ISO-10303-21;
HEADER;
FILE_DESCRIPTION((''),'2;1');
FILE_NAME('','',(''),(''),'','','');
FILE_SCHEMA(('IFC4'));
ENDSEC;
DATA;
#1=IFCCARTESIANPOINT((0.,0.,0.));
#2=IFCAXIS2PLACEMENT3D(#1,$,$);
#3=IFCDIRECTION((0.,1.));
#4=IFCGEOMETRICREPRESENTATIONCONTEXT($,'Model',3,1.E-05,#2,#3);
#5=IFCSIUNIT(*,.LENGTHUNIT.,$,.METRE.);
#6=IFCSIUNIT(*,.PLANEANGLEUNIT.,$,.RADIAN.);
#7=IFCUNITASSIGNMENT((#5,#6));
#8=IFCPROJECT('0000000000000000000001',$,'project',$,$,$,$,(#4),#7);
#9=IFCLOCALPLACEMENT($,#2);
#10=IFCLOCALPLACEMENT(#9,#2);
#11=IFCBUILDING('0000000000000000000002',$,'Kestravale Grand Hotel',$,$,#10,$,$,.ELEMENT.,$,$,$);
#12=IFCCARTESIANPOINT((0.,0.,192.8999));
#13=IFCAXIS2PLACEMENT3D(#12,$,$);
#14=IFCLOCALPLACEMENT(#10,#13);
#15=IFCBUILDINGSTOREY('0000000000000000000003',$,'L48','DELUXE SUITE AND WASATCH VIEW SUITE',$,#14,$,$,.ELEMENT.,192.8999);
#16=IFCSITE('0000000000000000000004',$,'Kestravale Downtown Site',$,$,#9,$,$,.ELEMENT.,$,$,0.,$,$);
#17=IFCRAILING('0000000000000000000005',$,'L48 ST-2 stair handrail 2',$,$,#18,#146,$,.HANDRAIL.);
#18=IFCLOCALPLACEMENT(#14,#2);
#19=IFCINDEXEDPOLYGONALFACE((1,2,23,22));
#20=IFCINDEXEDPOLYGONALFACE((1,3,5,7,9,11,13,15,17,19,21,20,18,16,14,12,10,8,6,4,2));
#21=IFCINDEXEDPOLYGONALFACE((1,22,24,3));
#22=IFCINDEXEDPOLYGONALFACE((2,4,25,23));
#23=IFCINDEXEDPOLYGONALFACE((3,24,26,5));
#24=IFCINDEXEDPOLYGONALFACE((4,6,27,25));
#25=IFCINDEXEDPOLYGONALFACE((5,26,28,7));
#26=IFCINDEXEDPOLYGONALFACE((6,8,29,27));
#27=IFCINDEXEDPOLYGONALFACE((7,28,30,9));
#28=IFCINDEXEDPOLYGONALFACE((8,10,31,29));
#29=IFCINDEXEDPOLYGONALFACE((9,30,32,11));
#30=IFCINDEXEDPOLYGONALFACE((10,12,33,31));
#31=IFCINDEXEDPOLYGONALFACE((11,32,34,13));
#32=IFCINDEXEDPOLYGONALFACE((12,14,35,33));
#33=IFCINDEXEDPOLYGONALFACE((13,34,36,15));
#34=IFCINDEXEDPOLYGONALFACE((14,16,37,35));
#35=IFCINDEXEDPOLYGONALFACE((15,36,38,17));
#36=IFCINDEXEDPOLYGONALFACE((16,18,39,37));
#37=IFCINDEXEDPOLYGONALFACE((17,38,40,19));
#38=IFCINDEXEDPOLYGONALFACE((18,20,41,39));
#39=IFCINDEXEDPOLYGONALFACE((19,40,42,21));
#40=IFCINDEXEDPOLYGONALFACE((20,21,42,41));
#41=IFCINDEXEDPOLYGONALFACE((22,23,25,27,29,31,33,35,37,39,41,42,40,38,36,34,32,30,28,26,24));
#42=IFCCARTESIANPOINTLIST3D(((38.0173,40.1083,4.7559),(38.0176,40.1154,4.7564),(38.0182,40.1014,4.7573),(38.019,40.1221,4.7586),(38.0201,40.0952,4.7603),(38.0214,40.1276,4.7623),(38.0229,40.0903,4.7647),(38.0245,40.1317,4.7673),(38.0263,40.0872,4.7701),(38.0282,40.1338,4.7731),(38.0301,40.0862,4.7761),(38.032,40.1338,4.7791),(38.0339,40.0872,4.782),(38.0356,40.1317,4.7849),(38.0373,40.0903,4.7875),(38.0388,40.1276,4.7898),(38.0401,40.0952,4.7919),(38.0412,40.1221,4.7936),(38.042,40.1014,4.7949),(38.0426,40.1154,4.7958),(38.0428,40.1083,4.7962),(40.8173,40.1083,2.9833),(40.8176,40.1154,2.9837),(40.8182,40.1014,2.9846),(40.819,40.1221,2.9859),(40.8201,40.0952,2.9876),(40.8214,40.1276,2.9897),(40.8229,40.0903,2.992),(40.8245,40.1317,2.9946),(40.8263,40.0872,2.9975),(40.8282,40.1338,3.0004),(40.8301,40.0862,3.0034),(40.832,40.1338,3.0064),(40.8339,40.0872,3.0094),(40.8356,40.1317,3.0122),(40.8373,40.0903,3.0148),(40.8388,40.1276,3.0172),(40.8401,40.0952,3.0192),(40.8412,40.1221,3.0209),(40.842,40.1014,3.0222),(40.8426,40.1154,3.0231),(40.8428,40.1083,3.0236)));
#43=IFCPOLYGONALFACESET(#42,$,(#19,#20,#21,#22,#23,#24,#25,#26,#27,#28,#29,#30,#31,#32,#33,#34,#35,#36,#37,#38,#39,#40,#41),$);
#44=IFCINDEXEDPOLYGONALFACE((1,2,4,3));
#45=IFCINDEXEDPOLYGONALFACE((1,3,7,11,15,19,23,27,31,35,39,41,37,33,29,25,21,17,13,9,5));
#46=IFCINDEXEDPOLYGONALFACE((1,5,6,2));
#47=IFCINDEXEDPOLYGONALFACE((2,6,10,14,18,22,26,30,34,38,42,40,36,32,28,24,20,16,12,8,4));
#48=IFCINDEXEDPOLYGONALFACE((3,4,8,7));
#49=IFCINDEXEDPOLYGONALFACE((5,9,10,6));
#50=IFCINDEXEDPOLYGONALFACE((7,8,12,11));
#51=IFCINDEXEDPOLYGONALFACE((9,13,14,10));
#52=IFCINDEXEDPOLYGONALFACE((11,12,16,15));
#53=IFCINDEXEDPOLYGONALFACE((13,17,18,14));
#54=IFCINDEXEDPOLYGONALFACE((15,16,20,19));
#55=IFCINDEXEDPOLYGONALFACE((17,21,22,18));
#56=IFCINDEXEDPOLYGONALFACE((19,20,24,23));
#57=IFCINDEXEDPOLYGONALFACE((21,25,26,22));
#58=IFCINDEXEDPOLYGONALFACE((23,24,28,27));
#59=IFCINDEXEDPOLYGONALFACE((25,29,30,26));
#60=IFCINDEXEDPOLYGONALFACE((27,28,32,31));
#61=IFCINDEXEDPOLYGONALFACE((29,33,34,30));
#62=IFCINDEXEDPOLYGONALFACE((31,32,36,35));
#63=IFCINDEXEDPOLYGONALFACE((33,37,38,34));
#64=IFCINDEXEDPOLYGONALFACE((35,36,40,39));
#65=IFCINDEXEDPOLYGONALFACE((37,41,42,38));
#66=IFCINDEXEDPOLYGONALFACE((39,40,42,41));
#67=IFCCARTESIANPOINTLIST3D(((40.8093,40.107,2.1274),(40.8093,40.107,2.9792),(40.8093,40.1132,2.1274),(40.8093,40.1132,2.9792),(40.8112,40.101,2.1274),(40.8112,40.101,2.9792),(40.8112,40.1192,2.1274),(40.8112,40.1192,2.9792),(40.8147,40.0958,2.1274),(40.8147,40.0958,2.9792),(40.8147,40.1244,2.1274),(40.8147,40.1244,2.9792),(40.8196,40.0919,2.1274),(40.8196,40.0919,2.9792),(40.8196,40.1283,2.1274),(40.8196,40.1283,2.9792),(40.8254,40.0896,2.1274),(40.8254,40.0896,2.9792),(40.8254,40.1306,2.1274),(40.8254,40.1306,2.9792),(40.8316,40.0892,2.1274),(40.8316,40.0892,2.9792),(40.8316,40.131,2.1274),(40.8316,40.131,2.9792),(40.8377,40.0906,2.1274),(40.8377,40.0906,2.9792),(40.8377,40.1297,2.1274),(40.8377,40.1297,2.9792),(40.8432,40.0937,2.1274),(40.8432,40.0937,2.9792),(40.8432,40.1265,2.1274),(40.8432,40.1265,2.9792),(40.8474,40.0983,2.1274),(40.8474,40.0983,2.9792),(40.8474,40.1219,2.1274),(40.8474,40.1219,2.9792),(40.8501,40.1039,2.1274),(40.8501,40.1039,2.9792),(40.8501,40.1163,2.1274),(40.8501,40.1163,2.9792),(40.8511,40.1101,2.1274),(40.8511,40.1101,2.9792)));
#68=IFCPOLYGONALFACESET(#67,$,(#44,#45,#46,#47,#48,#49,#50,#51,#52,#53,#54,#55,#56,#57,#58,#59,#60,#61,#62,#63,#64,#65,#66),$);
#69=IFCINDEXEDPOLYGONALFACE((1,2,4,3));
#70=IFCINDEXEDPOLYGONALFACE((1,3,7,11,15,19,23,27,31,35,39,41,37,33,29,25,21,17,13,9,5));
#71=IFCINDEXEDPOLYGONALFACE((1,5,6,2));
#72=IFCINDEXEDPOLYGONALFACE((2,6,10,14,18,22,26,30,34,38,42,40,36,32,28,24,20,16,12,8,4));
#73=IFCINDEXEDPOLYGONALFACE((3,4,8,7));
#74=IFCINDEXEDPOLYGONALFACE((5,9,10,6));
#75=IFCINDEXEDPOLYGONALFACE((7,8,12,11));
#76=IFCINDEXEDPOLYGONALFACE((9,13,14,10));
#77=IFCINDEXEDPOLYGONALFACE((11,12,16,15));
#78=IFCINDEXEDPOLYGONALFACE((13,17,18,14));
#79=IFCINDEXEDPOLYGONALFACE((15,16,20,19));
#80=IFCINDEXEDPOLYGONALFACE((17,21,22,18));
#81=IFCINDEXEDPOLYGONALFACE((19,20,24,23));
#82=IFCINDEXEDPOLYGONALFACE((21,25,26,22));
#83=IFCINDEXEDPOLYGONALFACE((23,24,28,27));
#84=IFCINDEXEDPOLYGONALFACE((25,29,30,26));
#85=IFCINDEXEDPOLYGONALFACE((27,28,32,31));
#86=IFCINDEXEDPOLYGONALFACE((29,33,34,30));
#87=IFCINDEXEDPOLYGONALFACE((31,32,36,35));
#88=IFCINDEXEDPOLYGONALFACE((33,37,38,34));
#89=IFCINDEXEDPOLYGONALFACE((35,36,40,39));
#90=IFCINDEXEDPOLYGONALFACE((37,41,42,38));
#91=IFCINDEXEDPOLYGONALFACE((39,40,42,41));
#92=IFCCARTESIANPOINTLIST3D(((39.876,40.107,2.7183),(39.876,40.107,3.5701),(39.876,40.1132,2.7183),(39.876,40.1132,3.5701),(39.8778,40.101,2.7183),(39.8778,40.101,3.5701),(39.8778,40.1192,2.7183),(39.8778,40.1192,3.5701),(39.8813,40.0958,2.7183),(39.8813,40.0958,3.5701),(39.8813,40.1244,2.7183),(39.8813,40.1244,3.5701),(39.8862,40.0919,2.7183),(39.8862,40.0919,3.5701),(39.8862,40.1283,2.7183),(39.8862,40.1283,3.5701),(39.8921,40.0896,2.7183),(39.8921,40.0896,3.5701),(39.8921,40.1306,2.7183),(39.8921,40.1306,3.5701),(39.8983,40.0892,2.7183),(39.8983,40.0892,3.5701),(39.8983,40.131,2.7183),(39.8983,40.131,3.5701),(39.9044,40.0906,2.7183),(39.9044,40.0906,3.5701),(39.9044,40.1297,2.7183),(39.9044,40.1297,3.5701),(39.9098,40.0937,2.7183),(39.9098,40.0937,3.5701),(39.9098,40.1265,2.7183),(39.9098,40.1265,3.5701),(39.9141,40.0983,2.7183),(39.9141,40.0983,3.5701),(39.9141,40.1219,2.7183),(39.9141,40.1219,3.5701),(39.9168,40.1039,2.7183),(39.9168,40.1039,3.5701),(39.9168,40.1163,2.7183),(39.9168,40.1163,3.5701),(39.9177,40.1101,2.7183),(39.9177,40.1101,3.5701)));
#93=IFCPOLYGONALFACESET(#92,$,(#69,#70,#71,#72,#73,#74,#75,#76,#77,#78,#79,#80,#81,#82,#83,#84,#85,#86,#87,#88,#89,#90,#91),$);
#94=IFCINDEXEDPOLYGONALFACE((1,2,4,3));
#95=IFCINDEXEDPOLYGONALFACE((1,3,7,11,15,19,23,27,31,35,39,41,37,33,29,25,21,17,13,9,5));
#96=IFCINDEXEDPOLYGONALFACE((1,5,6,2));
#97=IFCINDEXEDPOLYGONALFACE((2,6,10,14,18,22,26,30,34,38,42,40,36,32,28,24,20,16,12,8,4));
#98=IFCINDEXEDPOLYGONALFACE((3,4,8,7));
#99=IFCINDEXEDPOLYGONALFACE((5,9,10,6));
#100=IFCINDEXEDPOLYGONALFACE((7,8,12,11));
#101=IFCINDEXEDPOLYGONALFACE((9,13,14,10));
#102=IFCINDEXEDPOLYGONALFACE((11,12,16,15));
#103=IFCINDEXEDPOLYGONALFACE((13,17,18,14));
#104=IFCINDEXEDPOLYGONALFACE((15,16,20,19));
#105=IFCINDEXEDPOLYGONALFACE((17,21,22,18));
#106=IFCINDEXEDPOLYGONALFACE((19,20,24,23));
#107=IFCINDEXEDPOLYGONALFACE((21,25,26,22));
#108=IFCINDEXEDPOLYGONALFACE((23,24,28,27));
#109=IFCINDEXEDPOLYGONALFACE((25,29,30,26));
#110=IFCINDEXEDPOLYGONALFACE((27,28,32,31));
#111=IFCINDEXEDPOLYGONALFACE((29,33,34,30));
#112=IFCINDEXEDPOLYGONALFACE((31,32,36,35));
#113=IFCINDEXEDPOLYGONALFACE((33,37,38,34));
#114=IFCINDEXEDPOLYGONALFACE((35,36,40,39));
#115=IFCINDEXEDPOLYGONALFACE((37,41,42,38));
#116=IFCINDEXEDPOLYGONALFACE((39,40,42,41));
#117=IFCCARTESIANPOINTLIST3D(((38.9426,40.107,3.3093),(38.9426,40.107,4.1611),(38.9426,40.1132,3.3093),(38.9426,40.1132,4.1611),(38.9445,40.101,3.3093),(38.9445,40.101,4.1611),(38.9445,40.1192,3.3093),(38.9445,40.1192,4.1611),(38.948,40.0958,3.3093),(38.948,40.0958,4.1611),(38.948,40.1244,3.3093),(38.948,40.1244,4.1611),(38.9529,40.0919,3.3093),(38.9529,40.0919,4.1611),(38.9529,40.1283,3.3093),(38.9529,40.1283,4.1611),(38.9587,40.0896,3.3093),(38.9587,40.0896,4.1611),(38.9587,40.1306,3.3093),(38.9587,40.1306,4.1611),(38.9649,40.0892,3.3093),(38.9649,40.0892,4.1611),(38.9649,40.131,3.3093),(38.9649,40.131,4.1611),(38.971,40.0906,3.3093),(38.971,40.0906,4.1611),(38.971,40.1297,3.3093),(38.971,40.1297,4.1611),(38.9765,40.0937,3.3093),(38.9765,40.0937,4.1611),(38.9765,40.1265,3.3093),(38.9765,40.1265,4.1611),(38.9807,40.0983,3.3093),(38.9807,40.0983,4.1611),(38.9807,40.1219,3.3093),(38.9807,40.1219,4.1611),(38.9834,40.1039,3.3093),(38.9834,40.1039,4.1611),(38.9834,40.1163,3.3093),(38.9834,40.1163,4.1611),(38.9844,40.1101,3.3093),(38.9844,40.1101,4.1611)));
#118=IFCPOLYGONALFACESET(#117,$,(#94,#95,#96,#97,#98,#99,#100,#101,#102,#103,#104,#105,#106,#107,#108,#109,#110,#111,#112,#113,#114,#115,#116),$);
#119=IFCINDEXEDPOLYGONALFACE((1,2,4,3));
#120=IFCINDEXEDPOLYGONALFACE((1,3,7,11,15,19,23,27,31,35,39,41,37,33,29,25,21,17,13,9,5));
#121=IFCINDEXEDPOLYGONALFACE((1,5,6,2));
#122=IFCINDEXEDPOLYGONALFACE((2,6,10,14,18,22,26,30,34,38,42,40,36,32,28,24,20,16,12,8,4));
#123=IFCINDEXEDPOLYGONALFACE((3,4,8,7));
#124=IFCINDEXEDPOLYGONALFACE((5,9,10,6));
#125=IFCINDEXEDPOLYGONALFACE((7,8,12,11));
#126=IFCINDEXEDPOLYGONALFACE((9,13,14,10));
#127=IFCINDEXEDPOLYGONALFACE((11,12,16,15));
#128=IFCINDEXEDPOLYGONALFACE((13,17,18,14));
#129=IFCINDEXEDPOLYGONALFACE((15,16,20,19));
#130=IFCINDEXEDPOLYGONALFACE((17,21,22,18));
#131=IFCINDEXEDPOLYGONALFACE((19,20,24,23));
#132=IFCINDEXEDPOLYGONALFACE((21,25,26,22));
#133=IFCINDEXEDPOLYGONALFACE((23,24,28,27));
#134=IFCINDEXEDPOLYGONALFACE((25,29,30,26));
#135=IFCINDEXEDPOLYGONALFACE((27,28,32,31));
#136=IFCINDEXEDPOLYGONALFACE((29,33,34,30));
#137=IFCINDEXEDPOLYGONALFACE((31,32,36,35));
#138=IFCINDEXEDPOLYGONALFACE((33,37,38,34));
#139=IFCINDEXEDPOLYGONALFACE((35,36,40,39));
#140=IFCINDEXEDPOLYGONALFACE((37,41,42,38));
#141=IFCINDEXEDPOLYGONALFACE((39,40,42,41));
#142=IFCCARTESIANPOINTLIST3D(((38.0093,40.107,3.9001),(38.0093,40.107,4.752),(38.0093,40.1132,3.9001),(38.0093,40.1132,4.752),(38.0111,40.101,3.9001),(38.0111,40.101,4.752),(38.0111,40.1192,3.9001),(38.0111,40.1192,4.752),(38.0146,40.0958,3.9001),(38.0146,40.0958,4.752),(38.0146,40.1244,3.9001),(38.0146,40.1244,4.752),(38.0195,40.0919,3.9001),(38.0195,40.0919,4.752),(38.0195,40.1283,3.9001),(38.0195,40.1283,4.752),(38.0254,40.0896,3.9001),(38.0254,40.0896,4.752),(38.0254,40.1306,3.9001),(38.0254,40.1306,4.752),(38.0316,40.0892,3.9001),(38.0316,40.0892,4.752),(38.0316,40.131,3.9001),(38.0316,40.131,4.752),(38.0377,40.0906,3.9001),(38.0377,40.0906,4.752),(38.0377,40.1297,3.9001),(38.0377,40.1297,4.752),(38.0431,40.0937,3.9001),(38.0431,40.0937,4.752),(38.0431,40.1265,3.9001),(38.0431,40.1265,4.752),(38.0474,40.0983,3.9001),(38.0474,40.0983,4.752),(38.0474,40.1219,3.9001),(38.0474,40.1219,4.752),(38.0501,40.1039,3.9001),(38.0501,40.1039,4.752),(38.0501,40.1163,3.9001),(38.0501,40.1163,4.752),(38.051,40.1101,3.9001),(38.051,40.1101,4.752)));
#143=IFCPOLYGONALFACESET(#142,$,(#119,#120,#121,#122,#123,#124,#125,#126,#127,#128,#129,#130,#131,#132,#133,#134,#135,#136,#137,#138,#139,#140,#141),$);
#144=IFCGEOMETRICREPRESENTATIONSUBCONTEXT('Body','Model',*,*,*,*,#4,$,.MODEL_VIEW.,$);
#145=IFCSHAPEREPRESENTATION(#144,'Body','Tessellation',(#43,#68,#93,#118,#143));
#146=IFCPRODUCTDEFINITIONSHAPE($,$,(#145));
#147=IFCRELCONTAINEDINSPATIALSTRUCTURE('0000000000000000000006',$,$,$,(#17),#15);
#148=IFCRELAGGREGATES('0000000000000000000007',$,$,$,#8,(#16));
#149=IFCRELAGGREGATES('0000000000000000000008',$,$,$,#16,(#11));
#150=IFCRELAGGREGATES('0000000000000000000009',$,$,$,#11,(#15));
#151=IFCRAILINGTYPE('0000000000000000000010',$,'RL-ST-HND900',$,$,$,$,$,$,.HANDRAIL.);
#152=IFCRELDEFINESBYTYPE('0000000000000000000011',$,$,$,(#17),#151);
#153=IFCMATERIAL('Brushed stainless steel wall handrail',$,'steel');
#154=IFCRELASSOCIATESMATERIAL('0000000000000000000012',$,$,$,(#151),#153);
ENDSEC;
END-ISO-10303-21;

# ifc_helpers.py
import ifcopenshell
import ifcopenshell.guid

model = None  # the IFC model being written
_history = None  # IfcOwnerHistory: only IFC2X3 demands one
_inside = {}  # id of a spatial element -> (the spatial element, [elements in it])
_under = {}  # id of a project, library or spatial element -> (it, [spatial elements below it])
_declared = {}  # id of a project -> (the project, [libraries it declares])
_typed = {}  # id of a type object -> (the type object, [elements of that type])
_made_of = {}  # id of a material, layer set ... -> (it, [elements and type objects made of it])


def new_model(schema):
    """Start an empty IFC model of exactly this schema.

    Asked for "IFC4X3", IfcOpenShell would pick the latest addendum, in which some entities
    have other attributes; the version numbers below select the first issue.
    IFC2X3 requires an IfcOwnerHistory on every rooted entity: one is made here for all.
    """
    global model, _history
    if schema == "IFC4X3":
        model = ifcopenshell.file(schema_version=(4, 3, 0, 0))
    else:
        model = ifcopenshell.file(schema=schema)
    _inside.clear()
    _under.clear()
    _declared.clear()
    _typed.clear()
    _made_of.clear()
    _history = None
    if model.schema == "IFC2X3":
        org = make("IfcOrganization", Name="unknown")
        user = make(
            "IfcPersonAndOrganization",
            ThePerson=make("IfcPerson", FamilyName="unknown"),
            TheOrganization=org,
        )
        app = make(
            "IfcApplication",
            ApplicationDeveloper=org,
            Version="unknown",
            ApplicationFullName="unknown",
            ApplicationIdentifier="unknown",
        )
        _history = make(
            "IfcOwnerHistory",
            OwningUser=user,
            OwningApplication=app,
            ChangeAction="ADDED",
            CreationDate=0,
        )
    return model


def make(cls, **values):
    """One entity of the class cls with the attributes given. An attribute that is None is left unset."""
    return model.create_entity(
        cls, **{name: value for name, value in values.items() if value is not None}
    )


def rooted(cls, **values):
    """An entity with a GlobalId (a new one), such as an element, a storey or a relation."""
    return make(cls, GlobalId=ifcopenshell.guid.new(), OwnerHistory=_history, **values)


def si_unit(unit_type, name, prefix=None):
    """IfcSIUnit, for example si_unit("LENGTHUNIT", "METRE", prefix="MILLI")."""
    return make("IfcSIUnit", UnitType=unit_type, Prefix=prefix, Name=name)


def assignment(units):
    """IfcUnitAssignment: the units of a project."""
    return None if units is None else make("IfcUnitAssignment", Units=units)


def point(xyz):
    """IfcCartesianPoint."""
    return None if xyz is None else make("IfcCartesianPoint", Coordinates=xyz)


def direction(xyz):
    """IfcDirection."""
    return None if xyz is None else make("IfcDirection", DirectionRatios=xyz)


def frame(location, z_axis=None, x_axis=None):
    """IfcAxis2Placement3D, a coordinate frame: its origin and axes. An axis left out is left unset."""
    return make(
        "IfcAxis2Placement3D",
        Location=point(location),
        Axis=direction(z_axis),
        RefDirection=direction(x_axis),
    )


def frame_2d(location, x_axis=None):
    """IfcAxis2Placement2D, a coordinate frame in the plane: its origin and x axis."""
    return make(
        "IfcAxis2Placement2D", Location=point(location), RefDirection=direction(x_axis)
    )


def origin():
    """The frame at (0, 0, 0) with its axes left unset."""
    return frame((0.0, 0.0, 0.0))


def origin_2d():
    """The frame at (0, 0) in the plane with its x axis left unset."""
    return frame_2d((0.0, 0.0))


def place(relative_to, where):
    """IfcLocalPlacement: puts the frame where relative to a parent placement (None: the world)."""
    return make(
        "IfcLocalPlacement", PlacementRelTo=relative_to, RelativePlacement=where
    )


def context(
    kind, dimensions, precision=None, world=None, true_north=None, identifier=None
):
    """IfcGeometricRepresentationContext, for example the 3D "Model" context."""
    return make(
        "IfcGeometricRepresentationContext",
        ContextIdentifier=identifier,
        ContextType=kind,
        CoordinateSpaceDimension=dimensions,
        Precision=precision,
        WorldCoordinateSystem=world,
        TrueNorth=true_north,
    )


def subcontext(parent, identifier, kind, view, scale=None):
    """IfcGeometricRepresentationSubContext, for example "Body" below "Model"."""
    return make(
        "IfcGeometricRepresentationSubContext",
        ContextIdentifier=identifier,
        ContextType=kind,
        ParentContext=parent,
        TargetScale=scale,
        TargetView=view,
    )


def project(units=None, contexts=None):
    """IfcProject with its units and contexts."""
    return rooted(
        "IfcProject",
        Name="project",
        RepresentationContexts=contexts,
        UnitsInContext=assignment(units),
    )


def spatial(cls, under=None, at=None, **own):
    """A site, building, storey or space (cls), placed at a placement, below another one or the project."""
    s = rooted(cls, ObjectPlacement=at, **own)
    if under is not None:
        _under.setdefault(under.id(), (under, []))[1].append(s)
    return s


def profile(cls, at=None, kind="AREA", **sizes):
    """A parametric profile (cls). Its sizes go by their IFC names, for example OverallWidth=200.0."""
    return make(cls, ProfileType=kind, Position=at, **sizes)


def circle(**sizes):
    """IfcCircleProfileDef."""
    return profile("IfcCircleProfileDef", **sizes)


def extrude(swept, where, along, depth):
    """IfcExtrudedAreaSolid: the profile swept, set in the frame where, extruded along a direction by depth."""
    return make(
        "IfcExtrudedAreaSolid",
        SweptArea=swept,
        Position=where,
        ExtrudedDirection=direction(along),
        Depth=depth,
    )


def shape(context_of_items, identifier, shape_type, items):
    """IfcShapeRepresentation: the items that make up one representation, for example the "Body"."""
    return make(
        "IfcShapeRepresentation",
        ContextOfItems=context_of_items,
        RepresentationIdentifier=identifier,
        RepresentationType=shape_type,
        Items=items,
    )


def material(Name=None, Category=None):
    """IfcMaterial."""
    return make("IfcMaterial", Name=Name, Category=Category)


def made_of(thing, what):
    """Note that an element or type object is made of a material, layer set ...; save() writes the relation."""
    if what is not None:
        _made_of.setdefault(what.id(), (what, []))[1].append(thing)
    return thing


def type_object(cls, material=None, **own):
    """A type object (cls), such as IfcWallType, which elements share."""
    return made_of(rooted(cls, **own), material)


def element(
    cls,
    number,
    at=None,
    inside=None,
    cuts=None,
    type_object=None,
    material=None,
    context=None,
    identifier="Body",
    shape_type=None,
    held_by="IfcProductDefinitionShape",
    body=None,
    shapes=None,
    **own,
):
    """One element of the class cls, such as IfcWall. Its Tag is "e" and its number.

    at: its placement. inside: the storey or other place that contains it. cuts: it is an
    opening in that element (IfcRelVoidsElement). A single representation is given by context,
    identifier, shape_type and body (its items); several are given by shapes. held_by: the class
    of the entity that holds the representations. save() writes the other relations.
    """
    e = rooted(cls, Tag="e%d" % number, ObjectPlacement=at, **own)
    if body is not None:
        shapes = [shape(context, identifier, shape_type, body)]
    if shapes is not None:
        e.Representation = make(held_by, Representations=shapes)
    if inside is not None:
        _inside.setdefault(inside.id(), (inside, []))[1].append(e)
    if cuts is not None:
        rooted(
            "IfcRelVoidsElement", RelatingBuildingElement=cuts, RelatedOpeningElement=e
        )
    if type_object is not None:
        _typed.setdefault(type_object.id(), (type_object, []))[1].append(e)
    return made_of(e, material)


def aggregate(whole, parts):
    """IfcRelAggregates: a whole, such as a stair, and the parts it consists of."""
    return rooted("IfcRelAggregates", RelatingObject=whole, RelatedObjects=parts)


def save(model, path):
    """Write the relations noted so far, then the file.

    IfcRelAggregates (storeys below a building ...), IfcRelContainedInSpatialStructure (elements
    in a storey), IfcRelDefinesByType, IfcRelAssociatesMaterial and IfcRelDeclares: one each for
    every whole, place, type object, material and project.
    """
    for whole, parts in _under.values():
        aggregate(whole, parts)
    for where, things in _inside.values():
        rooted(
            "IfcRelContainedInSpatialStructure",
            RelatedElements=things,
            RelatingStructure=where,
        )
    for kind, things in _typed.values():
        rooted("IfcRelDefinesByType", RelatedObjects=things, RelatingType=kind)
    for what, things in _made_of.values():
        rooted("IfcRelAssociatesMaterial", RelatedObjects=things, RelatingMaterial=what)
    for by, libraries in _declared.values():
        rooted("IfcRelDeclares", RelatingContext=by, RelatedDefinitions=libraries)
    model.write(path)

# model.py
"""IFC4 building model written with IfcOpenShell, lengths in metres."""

from ifc_helpers import new_model, si_unit, direction, frame, origin, origin_2d, place, context, subcontext, project, spatial, circle, extrude, material, type_object, element, save


model = new_model("IFC4")

# Units and contexts
model_context = context("Model", 3, precision=1e-05, world=origin(), true_north=direction((0.0, 1.0)))
body_context = subcontext(model_context, "Body", "Model", "MODEL_VIEW")
ifc_project = project(units=[si_unit("LENGTHUNIT", "METRE"), si_unit("PLANEANGLEUNIT", "RADIAN")], contexts=[model_context])

# Site, building, storey
site_placement = place(None, origin())
site = spatial("IfcSite", under=ifc_project, at=site_placement, Name="Kestravale Downtown Site", CompositionType="ELEMENT", RefElevation=0.0)
building_placement = place(site_placement, origin())
building = spatial("IfcBuilding", under=site, at=building_placement, Name="Kestravale Grand Hotel", CompositionType="ELEMENT")
storey_placement = place(building_placement, frame((0.0, 0.0, 192.8999)))
storey = spatial("IfcBuildingStorey", under=building, at=storey_placement, Name="L48", Description="DELUXE SUITE AND WASATCH VIEW SUITE", CompositionType="ELEMENT", Elevation=192.8999)

# Railing
ifc_material_1 = material(Name="Brushed stainless steel wall handrail", Category="steel")
railing_type_1 = type_object("IfcRailingType", Name="RL-ST-HND900", PredefinedType="HANDRAIL", material=ifc_material_1)
railing_1_placement = place(storey_placement, frame((40.8301, 40.1101, 2.1274)))
element("IfcRailing", 1, at=railing_1_placement, inside=storey, type_object=railing_type_1, Name="L48 ST-2 stair handrail 2", PredefinedType="HANDRAIL", context=body_context, shape_type="SweptSolid", body=[
    extrude(circle(Radius=0.0239, at=origin_2d()), frame((0.0, 0.0, 0.876), z_axis=(-0.844909, 0.0, 0.53491), x_axis=(0.0, -1.0, 0.0)), (0.0, 0.0, 1.0), 3.314),
    extrude(circle(Radius=0.021, at=origin_2d()), origin(), (0.0, 0.0, 1.0), 0.8518),
    extrude(circle(Radius=0.021, at=origin_2d()), frame((-0.9333, 0.0, 0.5908)), (0.0, 0.0, 1.0), 0.8518),
    extrude(circle(Radius=0.021, at=origin_2d()), frame((-1.8667, 0.0, 1.1819)), (0.0, 0.0, 1.0), 0.8518),
    extrude(circle(Radius=0.021, at=origin_2d()), frame((-2.8, 0.0, 1.7727)), (0.0, 0.0, 1.0), 0.8518),
])

save(model, "model.ifc")
